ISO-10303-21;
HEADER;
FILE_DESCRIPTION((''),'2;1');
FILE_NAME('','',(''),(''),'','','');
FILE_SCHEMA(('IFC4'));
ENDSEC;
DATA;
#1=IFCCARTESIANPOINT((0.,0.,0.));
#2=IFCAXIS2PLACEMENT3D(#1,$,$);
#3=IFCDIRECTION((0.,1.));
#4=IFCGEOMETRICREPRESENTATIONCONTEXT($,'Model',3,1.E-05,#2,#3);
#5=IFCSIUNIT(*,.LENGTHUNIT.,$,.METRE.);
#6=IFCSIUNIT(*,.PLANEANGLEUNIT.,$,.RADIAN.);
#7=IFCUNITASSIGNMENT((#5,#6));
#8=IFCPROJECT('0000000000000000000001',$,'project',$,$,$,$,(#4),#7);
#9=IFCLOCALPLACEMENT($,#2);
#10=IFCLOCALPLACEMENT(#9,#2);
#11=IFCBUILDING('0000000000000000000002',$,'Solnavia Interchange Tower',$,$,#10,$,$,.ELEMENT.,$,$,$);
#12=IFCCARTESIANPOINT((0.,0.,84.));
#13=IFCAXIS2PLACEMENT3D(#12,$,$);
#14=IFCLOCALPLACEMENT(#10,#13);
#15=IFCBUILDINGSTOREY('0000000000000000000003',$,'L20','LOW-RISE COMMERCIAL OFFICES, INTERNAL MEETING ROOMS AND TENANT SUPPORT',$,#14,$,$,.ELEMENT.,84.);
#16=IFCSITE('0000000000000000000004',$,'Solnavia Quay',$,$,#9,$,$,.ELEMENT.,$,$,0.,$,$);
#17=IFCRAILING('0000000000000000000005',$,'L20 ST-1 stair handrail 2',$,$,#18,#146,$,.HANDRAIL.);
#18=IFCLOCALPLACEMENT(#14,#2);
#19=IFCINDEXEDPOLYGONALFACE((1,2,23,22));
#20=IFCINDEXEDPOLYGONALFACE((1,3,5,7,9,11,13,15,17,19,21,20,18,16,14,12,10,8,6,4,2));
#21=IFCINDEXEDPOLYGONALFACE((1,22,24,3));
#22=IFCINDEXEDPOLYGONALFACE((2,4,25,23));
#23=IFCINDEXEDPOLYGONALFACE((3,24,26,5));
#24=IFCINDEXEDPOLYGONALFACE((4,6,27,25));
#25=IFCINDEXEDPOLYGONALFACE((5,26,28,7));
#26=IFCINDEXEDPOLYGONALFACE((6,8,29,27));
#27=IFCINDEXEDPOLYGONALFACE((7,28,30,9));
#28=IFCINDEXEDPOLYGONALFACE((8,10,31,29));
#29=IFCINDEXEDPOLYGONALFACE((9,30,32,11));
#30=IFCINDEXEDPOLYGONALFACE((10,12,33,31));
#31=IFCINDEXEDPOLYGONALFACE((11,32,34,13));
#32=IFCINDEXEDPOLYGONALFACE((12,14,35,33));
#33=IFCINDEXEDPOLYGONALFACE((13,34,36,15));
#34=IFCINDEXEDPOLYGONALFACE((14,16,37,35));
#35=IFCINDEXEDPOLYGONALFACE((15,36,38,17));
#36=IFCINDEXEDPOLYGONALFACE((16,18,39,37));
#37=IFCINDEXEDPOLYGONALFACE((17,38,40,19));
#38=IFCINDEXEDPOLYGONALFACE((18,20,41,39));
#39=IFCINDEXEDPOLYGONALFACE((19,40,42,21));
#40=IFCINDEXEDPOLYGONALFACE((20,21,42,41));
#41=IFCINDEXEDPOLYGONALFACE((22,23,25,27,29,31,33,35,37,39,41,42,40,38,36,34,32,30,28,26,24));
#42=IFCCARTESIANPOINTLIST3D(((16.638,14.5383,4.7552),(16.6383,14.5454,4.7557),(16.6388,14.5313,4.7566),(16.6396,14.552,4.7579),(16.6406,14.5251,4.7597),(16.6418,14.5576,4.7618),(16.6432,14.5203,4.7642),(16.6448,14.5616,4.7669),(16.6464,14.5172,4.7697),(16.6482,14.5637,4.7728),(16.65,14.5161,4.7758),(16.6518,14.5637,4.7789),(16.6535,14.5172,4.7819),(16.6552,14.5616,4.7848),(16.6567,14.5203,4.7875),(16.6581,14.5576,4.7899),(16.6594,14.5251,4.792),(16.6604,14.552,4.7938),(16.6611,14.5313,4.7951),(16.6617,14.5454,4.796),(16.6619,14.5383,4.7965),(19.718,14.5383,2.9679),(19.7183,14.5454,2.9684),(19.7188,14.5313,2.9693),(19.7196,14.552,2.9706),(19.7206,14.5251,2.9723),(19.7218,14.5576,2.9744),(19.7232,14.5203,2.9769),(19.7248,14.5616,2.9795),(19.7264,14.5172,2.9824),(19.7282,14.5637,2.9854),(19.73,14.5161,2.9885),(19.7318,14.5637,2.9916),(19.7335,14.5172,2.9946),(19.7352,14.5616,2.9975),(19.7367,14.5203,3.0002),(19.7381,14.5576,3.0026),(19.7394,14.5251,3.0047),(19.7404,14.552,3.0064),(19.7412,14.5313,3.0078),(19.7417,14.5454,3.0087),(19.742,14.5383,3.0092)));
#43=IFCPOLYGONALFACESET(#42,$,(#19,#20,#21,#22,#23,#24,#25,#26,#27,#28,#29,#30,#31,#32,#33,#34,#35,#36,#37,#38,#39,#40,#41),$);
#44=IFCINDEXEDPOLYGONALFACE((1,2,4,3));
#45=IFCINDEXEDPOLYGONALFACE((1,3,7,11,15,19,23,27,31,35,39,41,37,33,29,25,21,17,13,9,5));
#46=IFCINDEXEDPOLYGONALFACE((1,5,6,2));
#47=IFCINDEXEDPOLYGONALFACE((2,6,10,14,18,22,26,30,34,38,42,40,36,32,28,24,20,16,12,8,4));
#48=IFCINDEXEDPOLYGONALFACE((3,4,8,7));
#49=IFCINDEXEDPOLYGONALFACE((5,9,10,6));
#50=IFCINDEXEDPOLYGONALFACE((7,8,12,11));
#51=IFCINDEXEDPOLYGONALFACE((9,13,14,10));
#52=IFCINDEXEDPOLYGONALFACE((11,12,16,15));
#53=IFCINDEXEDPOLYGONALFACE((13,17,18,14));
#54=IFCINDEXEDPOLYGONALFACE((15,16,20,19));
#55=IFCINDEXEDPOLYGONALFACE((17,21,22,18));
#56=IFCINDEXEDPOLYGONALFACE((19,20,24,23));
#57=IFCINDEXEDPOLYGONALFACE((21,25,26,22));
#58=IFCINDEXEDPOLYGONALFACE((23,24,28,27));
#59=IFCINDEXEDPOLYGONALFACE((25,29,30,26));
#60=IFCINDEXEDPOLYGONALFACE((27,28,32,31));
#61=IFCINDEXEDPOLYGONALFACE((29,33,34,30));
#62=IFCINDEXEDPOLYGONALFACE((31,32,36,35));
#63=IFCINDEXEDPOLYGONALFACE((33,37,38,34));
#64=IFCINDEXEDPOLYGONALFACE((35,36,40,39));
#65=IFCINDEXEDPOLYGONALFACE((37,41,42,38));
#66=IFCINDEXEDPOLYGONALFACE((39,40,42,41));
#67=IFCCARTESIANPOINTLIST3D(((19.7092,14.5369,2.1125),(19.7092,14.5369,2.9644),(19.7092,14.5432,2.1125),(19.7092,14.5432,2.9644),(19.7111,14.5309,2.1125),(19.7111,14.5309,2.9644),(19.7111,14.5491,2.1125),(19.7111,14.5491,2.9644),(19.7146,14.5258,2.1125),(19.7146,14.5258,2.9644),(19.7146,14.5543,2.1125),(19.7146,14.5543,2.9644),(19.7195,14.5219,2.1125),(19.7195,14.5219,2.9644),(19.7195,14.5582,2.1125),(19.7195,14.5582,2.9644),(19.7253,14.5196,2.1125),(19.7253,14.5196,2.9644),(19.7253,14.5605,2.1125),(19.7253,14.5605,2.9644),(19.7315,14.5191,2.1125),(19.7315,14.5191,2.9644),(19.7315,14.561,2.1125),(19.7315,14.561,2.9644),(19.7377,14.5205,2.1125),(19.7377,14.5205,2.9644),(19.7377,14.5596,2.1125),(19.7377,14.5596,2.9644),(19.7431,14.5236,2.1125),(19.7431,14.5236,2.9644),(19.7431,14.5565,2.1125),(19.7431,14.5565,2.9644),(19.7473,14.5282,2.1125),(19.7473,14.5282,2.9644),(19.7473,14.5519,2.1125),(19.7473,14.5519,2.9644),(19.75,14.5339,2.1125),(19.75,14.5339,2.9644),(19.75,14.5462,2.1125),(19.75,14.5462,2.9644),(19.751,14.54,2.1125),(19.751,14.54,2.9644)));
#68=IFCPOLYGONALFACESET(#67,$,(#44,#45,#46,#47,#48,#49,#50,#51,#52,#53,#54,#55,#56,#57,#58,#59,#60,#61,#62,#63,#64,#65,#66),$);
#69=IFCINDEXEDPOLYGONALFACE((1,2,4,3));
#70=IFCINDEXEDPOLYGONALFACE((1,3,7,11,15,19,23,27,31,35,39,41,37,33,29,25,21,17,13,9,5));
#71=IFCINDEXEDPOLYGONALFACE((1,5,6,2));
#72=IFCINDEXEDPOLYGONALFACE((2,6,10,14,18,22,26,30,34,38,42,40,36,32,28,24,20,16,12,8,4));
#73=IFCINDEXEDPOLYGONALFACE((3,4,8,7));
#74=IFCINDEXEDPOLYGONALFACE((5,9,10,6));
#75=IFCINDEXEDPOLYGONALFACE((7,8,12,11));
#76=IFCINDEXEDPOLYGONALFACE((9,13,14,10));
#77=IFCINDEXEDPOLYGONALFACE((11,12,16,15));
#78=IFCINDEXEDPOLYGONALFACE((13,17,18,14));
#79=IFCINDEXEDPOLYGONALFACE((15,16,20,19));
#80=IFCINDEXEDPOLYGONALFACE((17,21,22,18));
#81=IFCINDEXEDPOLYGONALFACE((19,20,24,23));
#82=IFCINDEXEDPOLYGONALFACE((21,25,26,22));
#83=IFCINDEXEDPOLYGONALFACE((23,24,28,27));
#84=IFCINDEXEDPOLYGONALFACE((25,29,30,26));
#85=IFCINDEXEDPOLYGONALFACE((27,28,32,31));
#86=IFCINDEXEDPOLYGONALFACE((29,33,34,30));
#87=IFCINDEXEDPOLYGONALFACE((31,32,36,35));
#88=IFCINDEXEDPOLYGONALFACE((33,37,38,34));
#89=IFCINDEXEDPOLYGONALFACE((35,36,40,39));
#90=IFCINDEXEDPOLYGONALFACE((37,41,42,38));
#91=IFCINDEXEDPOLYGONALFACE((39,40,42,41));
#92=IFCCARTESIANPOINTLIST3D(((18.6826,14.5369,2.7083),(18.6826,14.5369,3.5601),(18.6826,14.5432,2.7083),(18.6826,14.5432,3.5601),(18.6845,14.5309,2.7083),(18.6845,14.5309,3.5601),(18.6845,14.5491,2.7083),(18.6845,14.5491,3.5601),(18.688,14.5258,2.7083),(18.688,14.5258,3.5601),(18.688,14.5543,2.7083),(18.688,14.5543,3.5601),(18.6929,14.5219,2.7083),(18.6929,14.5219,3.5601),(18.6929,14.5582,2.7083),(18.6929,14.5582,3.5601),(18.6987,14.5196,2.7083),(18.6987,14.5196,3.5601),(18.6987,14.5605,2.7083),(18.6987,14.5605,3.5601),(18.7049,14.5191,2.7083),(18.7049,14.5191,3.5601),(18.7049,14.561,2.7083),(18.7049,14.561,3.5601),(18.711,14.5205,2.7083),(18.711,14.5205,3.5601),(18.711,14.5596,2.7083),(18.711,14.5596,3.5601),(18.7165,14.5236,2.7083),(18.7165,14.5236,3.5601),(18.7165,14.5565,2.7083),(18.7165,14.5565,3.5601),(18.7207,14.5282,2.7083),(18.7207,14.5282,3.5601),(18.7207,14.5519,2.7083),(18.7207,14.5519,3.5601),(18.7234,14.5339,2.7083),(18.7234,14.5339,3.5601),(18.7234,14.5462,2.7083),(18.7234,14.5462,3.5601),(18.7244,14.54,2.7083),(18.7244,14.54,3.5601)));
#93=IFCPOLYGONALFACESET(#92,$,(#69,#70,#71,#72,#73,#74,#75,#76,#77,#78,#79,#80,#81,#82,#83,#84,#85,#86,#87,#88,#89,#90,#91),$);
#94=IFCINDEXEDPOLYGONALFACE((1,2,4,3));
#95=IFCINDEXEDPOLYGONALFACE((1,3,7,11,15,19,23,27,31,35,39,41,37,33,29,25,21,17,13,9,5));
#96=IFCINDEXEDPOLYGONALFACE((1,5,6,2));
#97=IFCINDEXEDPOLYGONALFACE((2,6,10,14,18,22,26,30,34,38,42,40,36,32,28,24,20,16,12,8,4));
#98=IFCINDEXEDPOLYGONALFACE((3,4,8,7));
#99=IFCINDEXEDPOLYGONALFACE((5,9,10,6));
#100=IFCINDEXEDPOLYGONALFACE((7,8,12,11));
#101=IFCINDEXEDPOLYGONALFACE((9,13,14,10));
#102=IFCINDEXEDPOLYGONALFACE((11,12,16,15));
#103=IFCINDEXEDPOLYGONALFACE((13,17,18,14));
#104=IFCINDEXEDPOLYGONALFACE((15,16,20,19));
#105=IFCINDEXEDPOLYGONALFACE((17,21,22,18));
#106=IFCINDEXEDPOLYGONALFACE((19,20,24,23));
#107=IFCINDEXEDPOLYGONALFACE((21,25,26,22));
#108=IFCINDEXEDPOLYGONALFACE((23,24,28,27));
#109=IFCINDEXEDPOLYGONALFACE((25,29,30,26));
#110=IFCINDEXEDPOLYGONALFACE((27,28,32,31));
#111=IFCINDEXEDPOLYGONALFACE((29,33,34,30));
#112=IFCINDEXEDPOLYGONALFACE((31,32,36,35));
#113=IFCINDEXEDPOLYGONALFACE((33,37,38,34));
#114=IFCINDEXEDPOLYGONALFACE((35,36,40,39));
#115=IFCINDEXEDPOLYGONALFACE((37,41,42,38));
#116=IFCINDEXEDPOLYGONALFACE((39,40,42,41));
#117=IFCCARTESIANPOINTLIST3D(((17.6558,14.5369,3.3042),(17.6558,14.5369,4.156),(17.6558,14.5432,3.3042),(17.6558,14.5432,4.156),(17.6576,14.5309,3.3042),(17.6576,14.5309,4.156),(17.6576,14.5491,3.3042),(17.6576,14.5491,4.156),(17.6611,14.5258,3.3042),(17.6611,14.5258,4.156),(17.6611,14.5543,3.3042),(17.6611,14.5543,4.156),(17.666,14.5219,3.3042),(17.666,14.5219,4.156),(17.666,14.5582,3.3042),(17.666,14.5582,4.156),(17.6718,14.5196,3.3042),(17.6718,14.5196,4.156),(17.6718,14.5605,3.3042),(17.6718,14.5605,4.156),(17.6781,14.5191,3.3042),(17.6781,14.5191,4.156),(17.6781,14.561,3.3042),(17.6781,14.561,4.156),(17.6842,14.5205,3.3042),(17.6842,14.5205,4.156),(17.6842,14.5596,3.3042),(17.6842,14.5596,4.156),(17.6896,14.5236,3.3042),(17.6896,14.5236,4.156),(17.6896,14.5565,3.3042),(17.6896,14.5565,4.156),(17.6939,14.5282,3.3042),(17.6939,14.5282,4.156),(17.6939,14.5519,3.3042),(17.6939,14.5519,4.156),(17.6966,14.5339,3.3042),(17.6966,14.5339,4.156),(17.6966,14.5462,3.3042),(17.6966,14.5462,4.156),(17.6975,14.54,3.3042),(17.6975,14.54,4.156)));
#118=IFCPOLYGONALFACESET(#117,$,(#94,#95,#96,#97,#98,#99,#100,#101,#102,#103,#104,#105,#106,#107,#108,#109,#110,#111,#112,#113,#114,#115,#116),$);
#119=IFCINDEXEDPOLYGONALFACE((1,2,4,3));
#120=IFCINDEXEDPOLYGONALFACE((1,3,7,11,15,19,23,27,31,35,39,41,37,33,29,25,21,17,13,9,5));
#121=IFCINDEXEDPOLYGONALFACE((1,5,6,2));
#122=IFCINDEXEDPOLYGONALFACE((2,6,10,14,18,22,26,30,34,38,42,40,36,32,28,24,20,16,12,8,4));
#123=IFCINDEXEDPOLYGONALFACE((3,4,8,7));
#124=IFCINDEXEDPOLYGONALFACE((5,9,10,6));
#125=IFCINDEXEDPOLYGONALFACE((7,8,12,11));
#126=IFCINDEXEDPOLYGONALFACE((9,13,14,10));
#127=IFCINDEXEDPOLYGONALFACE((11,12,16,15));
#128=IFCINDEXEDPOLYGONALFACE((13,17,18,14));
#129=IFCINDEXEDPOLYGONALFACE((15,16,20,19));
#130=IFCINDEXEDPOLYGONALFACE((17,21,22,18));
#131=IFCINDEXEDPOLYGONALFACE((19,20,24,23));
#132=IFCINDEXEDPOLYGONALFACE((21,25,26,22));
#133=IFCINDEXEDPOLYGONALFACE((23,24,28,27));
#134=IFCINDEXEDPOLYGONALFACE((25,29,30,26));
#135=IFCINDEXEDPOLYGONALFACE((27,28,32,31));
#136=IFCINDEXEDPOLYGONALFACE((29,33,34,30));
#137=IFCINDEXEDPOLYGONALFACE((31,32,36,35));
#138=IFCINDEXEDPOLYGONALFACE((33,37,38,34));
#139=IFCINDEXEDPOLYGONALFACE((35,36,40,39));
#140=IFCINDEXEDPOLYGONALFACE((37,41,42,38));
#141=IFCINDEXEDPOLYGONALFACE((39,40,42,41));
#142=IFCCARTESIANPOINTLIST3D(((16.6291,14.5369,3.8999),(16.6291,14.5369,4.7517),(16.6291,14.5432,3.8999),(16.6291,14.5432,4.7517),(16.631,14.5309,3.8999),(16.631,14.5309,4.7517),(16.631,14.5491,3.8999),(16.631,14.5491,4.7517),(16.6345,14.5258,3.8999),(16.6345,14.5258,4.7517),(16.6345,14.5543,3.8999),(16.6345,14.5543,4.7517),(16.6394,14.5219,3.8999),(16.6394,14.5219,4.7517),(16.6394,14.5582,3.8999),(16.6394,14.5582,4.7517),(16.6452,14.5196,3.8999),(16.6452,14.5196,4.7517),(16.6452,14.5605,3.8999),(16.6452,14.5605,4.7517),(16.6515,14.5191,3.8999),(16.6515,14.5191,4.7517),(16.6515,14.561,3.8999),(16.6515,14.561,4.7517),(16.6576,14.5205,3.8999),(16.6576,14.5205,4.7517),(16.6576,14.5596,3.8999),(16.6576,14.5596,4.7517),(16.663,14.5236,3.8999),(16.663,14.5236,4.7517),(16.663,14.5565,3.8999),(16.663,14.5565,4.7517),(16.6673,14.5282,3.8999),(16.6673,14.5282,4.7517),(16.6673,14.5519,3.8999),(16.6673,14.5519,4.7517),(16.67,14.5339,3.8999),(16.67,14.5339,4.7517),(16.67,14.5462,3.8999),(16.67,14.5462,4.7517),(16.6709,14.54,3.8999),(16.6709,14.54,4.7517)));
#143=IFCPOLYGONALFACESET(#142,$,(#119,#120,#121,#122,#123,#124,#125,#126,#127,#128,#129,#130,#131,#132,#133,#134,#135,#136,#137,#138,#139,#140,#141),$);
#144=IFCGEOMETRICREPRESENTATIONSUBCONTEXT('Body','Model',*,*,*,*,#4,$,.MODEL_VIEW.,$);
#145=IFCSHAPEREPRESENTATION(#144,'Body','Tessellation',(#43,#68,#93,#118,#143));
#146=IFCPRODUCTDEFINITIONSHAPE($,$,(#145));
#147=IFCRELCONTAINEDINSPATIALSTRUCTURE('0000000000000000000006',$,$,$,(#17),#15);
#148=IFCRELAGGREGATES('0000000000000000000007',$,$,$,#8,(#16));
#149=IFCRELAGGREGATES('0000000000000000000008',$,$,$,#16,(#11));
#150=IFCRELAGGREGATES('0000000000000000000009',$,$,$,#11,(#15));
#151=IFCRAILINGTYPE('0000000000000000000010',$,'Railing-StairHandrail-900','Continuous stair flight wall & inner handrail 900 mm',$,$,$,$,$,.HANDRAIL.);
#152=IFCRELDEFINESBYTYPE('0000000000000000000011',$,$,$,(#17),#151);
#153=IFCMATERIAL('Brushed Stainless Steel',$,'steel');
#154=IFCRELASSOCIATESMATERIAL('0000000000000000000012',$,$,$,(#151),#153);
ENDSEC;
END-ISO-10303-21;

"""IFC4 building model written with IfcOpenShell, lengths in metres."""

from ifc_helpers import new_model, si_unit, direction, frame, origin, origin_2d, place, context, subcontext, project, spatial, circle, extrude, material, type_object, element, save


model = new_model("IFC4")

# Units and contexts
model_context = context("Model", 3, precision=1e-05, world=origin(), true_north=direction((0.0, 1.0)))
body_context = subcontext(model_context, "Body", "Model", "MODEL_VIEW")
ifc_project = project(units=[si_unit("LENGTHUNIT", "METRE"), si_unit("PLANEANGLEUNIT", "RADIAN")], contexts=[model_context])

# Site, building, storey
site_placement = place(None, origin())
site = spatial("IfcSite", under=ifc_project, at=site_placement, Name="Solnavia Quay", CompositionType="ELEMENT", RefElevation=0.0)
building_placement = place(site_placement, origin())
building = spatial("IfcBuilding", under=site, at=building_placement, Name="Solnavia Interchange Tower", CompositionType="ELEMENT")
storey_placement = place(building_placement, frame((0.0, 0.0, 84.0)))
storey = spatial("IfcBuildingStorey", under=building, at=storey_placement, Name="L20", Description="LOW-RISE COMMERCIAL OFFICES, INTERNAL MEETING ROOMS AND TENANT SUPPORT", CompositionType="ELEMENT", Elevation=84.0)

# Railing
ifc_material_1 = material(Name="Brushed Stainless Steel", Category="steel")
railing_type_1 = type_object("IfcRailingType", Name="Railing-StairHandrail-900", Description="Continuous stair flight wall & inner handrail 900 mm", PredefinedType="HANDRAIL", material=ifc_material_1)
railing_1_placement = place(storey_placement, frame((19.73, 14.54, 2.1125)))
element("IfcRailing", 1, at=railing_1_placement, inside=storey, type_object=railing_type_1, Name="L20 ST-1 stair handrail 2", PredefinedType="HANDRAIL", context=body_context, shape_type="SweptSolid", body=[
    extrude(circle(Radius=0.0239, at=origin_2d()), frame((0.0, 0.0, 0.876), z_axis=(-0.86492, 0.0, 0.501909), x_axis=(0.0, -1.0, 0.0)), (0.0, 0.0, 1.0), 3.561),
    extrude(circle(Radius=0.021, at=origin_2d()), origin(), (0.0, 0.0, 1.0), 0.8518),
    extrude(circle(Radius=0.021, at=origin_2d()), frame((-1.0266, 0.0, 0.5957)), (0.0, 0.0, 1.0), 0.8518),
    extrude(circle(Radius=0.021, at=origin_2d()), frame((-2.0535, 0.0, 1.1917)), (0.0, 0.0, 1.0), 0.8518),
    extrude(circle(Radius=0.021, at=origin_2d()), frame((-3.0801, 0.0, 1.7874)), (0.0, 0.0, 1.0), 0.8518),
])

save(model, "model.ifc")
